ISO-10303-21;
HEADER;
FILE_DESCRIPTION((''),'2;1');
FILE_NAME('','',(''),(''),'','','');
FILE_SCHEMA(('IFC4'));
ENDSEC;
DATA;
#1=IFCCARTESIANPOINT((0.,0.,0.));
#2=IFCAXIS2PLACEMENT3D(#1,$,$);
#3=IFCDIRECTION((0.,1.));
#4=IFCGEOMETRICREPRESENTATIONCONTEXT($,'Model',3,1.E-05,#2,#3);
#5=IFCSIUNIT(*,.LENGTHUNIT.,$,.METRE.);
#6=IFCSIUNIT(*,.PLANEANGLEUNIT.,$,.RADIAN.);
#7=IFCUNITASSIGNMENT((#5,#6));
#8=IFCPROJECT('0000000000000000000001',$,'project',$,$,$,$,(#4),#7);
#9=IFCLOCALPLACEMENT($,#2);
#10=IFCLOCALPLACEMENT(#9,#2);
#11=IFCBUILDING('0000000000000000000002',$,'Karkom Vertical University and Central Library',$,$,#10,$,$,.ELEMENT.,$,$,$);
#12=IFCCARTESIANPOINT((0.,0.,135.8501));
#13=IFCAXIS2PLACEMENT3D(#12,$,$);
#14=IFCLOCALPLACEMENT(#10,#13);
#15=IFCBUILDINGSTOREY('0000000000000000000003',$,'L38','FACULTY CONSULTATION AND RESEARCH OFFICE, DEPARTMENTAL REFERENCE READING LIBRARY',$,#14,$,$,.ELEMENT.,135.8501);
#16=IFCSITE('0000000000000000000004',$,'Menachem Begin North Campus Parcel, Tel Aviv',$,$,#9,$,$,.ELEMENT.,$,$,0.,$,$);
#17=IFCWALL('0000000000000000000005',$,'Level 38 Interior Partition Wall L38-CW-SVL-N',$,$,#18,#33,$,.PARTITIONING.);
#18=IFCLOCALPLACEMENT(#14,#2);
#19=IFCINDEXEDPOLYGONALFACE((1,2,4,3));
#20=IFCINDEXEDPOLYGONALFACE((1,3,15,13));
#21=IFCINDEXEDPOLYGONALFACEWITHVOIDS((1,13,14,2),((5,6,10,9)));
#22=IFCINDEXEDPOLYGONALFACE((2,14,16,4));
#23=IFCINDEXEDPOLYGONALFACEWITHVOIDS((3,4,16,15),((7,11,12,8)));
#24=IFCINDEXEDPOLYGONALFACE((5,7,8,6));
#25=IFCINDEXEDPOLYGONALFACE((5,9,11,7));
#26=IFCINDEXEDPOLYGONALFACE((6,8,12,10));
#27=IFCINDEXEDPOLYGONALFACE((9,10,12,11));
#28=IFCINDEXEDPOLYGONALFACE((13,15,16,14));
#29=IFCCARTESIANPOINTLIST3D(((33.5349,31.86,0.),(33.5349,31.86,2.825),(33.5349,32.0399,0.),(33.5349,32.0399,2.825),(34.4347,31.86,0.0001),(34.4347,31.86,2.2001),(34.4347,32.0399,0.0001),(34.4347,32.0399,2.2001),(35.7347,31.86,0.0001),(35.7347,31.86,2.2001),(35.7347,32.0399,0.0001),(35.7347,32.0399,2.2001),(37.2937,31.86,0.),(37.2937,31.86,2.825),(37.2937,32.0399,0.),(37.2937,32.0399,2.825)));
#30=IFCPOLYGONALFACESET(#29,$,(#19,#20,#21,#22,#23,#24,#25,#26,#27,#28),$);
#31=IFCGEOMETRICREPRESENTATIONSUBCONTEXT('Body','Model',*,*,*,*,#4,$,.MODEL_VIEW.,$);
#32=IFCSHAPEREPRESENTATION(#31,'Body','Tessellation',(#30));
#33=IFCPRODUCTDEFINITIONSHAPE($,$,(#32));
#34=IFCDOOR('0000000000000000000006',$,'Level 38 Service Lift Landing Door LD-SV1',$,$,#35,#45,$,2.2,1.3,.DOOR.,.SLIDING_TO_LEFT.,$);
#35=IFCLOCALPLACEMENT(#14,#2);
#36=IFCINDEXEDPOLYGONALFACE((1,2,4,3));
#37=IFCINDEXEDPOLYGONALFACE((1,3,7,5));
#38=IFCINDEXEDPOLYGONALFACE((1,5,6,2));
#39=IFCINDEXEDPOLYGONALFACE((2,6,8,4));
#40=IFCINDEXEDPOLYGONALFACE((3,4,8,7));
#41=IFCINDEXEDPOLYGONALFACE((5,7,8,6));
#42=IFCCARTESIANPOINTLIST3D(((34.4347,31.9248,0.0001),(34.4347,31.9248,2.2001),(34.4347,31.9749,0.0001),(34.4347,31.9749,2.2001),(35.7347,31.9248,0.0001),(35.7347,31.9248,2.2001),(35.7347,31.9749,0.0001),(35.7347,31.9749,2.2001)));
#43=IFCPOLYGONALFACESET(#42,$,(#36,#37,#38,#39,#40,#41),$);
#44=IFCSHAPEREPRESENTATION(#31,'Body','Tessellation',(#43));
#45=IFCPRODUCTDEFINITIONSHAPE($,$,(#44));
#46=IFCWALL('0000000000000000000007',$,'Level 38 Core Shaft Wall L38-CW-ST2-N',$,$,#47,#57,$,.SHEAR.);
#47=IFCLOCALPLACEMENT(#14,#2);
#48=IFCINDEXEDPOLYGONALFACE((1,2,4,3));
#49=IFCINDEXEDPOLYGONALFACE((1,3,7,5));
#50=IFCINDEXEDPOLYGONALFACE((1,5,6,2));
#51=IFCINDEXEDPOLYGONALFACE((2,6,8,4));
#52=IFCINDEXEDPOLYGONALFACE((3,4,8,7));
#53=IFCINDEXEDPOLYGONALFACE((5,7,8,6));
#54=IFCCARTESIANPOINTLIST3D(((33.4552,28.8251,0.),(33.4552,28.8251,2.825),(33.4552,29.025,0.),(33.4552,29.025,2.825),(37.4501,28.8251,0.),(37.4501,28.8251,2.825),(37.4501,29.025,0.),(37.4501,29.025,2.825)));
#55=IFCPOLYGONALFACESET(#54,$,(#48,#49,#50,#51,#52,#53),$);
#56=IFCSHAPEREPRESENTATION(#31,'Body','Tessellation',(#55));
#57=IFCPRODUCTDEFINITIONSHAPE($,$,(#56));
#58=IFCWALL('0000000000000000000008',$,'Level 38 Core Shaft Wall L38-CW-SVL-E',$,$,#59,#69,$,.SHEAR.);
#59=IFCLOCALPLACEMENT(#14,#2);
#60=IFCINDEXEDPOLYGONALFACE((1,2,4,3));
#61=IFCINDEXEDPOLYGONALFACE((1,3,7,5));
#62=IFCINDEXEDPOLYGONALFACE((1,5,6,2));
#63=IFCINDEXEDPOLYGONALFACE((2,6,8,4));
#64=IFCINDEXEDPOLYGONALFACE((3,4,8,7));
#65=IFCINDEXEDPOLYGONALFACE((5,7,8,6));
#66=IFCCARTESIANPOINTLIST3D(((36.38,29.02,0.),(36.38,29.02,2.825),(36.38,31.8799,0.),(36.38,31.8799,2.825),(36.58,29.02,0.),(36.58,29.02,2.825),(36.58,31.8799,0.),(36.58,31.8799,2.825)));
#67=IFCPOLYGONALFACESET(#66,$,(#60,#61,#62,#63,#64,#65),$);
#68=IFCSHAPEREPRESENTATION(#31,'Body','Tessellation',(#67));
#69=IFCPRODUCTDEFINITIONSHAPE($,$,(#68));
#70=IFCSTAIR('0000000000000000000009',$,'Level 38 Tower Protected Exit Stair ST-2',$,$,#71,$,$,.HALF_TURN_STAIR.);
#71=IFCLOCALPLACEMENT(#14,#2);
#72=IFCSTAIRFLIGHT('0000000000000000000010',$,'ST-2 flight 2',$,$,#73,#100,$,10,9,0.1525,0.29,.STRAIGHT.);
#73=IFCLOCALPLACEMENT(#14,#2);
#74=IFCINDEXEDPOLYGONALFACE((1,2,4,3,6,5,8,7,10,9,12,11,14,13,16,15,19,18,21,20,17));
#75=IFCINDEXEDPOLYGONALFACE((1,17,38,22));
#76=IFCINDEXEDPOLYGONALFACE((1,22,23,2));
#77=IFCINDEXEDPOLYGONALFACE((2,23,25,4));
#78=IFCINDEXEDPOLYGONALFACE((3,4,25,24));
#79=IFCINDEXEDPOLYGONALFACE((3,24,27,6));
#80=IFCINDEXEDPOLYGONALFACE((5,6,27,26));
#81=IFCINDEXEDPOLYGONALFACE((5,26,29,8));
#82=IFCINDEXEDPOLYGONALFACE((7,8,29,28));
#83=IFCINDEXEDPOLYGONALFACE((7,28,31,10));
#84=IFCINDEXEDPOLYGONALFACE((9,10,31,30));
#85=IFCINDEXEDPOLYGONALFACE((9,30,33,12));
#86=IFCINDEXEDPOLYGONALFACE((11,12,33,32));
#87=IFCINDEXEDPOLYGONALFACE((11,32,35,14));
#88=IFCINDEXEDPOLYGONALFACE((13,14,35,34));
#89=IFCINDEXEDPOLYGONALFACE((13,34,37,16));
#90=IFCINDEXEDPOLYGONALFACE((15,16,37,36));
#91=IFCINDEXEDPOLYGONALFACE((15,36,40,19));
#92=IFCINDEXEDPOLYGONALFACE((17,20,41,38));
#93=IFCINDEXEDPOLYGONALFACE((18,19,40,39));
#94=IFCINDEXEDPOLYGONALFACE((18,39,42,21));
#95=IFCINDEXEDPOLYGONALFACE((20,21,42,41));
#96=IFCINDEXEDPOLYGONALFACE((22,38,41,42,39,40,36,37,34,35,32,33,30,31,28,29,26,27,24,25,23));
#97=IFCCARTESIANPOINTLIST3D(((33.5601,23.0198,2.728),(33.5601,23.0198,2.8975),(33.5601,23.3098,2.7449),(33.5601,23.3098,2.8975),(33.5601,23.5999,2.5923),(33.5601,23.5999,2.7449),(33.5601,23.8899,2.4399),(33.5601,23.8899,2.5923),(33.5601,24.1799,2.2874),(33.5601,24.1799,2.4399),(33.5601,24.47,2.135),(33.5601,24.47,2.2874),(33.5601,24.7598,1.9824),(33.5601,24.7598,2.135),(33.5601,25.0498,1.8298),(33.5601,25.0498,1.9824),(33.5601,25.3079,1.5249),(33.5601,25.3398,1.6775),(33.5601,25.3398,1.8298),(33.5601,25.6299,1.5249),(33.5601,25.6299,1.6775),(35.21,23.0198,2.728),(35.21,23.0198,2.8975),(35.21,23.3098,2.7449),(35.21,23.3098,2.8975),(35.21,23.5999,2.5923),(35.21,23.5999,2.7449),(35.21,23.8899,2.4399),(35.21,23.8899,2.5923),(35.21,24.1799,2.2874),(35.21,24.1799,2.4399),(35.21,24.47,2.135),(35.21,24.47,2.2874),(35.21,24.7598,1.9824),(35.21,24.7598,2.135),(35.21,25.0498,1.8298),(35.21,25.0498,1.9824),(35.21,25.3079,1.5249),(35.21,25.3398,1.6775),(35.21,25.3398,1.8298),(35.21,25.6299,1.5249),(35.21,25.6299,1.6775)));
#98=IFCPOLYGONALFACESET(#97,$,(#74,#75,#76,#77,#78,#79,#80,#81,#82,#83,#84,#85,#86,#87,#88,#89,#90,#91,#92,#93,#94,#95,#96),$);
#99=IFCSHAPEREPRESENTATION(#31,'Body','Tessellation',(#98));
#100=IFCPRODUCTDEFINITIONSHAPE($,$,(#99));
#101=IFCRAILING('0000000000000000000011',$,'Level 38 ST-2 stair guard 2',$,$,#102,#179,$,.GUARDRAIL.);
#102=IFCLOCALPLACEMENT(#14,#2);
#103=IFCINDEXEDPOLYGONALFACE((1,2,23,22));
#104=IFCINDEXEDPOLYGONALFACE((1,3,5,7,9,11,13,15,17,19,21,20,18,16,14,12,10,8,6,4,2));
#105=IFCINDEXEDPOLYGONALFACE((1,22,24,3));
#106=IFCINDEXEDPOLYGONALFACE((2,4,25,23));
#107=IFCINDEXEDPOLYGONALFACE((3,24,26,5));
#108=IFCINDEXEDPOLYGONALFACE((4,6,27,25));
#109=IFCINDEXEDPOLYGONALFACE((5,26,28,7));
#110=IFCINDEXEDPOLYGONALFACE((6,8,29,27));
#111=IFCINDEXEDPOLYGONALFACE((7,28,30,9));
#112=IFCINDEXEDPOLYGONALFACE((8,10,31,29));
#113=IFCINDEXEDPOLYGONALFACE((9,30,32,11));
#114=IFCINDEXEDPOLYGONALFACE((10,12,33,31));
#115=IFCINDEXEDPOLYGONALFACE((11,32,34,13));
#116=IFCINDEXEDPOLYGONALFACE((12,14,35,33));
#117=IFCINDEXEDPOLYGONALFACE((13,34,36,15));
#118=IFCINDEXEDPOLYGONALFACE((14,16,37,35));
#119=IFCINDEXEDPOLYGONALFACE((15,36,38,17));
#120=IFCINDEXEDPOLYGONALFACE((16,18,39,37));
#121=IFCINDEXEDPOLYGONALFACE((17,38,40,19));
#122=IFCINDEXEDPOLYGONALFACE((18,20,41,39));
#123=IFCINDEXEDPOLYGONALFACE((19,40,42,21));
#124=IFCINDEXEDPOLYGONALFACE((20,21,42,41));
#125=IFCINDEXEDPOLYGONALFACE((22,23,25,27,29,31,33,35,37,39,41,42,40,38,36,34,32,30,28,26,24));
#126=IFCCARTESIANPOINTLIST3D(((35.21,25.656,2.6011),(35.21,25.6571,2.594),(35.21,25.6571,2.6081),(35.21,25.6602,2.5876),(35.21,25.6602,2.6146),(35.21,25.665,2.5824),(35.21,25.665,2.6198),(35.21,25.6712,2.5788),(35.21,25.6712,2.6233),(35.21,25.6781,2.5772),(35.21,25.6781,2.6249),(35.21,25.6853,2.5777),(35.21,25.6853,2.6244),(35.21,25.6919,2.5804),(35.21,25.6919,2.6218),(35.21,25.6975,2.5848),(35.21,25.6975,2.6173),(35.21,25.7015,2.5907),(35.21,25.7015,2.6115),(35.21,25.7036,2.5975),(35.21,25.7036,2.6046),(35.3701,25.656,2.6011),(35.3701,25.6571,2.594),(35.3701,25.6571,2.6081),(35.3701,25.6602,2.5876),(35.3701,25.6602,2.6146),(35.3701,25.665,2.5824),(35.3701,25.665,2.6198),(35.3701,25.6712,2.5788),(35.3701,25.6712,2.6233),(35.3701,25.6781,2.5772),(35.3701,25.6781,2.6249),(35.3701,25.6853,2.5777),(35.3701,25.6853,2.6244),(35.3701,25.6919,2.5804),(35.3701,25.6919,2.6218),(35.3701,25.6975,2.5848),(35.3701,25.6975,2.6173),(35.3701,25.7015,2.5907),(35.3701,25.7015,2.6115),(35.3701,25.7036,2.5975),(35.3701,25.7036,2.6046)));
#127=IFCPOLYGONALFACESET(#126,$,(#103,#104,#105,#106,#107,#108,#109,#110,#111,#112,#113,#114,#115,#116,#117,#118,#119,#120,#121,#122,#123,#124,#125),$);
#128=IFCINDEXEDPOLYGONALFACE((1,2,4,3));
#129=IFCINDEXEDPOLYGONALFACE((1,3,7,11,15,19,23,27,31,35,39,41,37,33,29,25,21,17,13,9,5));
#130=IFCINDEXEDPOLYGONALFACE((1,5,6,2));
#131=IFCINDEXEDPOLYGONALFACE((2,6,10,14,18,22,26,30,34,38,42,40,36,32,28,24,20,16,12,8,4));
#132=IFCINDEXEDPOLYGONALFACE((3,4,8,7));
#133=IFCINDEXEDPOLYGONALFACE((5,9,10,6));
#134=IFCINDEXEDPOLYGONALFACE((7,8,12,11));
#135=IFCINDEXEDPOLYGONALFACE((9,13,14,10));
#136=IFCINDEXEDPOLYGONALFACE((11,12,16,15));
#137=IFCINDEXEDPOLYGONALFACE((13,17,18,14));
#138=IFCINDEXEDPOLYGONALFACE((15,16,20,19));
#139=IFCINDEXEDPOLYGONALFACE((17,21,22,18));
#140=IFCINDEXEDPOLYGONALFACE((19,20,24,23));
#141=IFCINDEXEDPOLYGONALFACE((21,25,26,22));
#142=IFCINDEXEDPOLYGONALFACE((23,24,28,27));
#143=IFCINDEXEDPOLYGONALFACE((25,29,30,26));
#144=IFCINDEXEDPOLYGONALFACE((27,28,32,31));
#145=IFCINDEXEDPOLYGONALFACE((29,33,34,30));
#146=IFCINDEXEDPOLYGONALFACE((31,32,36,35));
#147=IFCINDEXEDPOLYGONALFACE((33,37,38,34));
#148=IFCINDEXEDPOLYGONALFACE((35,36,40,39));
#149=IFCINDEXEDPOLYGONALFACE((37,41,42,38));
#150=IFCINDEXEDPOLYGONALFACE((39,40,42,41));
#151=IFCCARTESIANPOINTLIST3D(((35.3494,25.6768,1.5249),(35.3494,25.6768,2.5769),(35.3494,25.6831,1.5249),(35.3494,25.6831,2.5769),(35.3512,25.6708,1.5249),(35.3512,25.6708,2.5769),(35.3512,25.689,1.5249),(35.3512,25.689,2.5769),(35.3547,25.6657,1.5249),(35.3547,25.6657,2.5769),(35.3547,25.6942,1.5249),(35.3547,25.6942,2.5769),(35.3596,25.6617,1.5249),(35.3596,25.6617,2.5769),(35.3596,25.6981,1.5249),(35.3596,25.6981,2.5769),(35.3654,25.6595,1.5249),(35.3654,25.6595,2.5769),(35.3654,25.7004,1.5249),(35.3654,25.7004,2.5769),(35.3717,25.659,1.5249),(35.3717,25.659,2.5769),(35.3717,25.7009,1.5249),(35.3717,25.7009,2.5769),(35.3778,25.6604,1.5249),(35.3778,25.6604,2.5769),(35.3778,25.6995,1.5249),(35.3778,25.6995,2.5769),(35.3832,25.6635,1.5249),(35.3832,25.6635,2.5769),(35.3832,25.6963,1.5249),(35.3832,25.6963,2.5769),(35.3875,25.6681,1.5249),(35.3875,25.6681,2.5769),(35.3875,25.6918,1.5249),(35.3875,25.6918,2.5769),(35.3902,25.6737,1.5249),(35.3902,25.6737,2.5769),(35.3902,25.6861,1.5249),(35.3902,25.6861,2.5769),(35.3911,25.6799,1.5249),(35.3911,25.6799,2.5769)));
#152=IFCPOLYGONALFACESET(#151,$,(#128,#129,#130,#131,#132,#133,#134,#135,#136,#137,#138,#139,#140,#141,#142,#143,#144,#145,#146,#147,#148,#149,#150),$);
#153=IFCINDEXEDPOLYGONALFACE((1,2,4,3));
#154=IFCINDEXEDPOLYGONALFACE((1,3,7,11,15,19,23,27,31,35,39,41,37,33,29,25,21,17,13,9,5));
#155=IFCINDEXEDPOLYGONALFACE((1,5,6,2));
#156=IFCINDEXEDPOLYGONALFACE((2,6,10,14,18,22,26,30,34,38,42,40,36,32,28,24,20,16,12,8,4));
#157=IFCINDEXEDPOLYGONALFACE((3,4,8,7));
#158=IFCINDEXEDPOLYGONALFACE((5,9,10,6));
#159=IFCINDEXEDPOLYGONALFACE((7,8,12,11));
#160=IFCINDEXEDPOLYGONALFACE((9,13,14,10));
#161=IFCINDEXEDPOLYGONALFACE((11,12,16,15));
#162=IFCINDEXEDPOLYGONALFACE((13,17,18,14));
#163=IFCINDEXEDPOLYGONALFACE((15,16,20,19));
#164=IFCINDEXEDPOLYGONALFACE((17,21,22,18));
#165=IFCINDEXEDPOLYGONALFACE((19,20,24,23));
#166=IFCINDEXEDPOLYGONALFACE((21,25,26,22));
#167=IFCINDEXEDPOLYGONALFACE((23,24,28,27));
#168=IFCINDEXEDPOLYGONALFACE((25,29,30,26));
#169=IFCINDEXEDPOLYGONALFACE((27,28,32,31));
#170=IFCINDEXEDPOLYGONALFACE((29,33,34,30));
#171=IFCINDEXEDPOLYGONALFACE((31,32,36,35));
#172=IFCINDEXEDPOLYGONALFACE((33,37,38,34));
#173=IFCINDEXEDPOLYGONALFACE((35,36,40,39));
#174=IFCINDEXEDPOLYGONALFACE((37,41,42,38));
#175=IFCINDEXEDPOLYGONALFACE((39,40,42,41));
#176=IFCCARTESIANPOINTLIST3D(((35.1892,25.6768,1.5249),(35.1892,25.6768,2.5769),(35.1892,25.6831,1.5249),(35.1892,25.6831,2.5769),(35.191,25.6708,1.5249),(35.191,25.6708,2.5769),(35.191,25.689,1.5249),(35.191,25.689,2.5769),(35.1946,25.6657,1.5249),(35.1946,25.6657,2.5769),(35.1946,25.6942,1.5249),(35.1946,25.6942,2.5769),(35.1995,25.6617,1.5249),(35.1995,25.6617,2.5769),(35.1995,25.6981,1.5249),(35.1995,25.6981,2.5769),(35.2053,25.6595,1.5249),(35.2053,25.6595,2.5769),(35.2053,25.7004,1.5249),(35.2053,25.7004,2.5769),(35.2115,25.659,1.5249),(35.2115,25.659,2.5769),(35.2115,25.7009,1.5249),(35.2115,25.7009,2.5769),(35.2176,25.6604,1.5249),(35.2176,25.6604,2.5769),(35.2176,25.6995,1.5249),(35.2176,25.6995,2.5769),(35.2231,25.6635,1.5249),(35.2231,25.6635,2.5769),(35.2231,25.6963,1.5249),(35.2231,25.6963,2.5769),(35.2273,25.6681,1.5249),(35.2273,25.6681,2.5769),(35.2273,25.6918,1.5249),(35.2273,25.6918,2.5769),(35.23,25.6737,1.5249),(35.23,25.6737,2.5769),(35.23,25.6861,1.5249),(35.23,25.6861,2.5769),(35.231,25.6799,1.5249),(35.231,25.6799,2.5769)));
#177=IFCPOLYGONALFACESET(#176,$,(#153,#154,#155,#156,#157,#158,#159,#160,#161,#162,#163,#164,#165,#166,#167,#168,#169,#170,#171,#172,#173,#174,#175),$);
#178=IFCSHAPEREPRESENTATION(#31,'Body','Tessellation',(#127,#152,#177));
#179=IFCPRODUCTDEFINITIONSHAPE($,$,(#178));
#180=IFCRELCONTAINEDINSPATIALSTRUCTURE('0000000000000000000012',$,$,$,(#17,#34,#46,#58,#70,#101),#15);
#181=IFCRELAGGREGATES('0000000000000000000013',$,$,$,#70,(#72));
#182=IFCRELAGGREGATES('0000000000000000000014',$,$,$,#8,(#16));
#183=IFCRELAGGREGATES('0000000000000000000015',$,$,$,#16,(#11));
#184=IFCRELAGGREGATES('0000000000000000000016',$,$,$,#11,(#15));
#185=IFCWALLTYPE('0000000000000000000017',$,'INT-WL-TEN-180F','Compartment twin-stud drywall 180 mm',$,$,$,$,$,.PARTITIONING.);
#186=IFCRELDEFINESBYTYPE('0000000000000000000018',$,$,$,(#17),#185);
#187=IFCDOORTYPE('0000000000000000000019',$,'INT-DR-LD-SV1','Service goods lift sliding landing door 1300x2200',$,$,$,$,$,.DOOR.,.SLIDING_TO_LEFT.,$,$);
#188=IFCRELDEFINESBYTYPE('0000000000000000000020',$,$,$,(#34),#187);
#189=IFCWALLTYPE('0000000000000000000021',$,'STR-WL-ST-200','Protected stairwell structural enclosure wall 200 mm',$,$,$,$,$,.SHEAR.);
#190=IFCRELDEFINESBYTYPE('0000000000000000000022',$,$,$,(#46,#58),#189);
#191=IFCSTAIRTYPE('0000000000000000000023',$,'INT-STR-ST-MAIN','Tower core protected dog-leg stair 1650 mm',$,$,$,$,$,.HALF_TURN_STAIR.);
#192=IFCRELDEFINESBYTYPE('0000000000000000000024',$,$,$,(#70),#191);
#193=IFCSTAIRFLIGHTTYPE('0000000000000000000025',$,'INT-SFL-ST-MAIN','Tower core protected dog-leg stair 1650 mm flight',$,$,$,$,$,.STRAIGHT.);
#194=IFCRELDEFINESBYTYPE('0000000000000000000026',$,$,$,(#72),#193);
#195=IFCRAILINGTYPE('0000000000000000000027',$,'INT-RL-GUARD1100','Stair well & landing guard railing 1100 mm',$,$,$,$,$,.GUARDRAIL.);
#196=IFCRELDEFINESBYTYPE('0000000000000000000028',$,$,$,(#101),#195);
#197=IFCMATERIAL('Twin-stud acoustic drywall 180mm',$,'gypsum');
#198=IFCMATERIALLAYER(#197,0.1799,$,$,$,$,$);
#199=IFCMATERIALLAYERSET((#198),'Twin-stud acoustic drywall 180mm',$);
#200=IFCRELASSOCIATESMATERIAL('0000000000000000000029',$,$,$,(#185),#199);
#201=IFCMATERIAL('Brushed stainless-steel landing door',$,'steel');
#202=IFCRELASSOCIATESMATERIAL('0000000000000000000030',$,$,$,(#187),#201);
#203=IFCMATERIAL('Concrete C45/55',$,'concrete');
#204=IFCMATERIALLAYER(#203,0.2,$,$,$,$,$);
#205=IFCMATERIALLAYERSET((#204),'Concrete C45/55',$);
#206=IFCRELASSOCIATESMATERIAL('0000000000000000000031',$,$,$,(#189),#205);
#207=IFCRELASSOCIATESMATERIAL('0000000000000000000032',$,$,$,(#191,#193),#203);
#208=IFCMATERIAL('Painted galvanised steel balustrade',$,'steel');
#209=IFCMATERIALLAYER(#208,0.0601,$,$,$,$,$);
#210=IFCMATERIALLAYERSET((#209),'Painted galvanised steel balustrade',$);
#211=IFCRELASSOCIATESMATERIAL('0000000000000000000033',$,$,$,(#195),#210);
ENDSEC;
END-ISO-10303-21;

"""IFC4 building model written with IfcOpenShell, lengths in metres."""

from ifc_helpers import new_model, si_unit, direction, frame, frame_2d, origin, origin_with_axes, origin_2d, place, context, subcontext, project, spatial, polyline, rectangle, circle, outline, extrude, source, transform, mapped, material, layer, layer_set, type_object, element, fill, aggregate, save


model = new_model("IFC4")

# Units and contexts
model_context = context("Model", 3, precision=1e-05, world=origin(), true_north=direction((0.0, 1.0)))
body_context = subcontext(model_context, "Body", "Model", "MODEL_VIEW")
ifc_project = project(units=[si_unit("LENGTHUNIT", "METRE"), si_unit("PLANEANGLEUNIT", "RADIAN")], contexts=[model_context])

# Site, building, storey
site_placement = place(None, origin())
site = spatial("IfcSite", under=ifc_project, at=site_placement, Name="Menachem Begin North Campus Parcel, Tel Aviv", CompositionType="ELEMENT", RefElevation=0.0)
building_placement = place(site_placement, origin())
building = spatial("IfcBuilding", under=site, at=building_placement, Name="Karkom Vertical University and Central Library", CompositionType="ELEMENT")
storey_placement = place(building_placement, frame((0.0, 0.0, 135.8501)))
storey = spatial("IfcBuildingStorey", under=building, at=storey_placement, Name="L38", Description="FACULTY CONSULTATION AND RESEARCH OFFICE, DEPARTMENTAL REFERENCE READING LIBRARY", CompositionType="ELEMENT", Elevation=135.8501)

# Wall, opening, door
ifc_material_1 = material(Name="Twin-stud acoustic drywall 180mm", Category="gypsum")
ifc_layer_1 = layer(ifc_material_1, 0.1799)
ifc_layer_set_1 = layer_set([ifc_layer_1], Name="Twin-stud acoustic drywall 180mm")
wall_type_1 = type_object("IfcWallType", Name="INT-WL-TEN-180F", Description="Compartment twin-stud drywall 180 mm", PredefinedType="PARTITIONING", material=ifc_layer_set_1)
wall_1_placement = place(storey_placement, frame((33.5349, 31.95, 0.0), z_axis=(0.0, 0.0, 1.0), x_axis=(1.0, 0.0, 0.0)))
wall_1 = element("IfcWall", 1, at=wall_1_placement, inside=storey, type_object=wall_type_1, Name="Level 38 Interior Partition Wall L38-CW-SVL-N", PredefinedType="PARTITIONING", context=body_context, shape_type="SweptSolid", body=[
    extrude(rectangle(XDim=3.7588, YDim=0.1799, at=frame_2d((1.8794, 0.0))), origin(), (0.0, 0.0, 1.0), 2.825),
])
opening_1_placement = place(wall_1_placement, frame((0.8999, 0.0, 0.0)))
opening_1 = element("IfcOpeningElement", 2, at=opening_1_placement, cuts=wall_1, PredefinedType="OPENING", context=body_context, shape_type="SweptSolid", body=[
    extrude(rectangle(XDim=1.3, YDim=2.2, at=frame_2d((0.6499, 1.1001))), frame((0.0, 0.1001, 0.0), z_axis=(0.0, -1.0, 0.0), x_axis=(1.0, 0.0, 0.0)), (0.0, 0.0, 1.0), 0.2),
])
ifc_material_2 = material(Name="Brushed stainless-steel landing door", Category="steel")
door_type_1 = type_object("IfcDoorType", Name="INT-DR-LD-SV1", Description="Service goods lift sliding landing door 1300x2200", OperationType="SLIDING_TO_LEFT", PredefinedType="DOOR", material=ifc_material_2)
shared_shape_1 = source(origin_with_axes(), body_context, "Body", "SweptSolid", [
    extrude(rectangle(XDim=1.3, YDim=2.2, at=frame_2d((0.6499, 1.1001))), frame((0.0, 0.0249, 0.0), z_axis=(0.0, -1.0, 0.0), x_axis=(1.0, 0.0, 0.0)), (0.0, 0.0, 1.0), 0.05),
])
door_1_placement = place(opening_1_placement, origin())
door_1 = element("IfcDoor", 3, at=door_1_placement, inside=storey, type_object=door_type_1, Name="Level 38 Service Lift Landing Door LD-SV1", OperationType="SLIDING_TO_LEFT", OverallHeight=2.2, OverallWidth=1.3, PredefinedType="DOOR", context=body_context, shape_type="MappedRepresentation", body=[
    mapped(shared_shape_1, transform((0.0, 0.0, 0.0), scale=1.0)),
])
fill(opening_1, door_1)

# Walls
ifc_material_3 = material(Name="Concrete C45/55", Category="concrete")
ifc_layer_2 = layer(ifc_material_3, 0.2)
ifc_layer_set_2 = layer_set([ifc_layer_2], Name="Concrete C45/55")
wall_type_2 = type_object("IfcWallType", Name="STR-WL-ST-200", Description="Protected stairwell structural enclosure wall 200 mm", PredefinedType="SHEAR", material=ifc_layer_set_2)
wall_2_placement = place(storey_placement, frame((33.4551, 28.925, 0.0), z_axis=(0.0, 0.0, 1.0), x_axis=(1.0, 0.0, 0.0)))
element("IfcWall", 4, at=wall_2_placement, inside=storey, type_object=wall_type_2, Name="Level 38 Core Shaft Wall L38-CW-ST2-N", PredefinedType="SHEAR", context=body_context, shape_type="SweptSolid", body=[
    extrude(rectangle(XDim=3.9949, YDim=0.2, at=frame_2d((1.9976, 0.0))), origin(), (0.0, 0.0, 1.0), 2.825),
])
wall_3_placement = place(storey_placement, frame((36.48, 29.02, 0.0), z_axis=(0.0, 0.0, 1.0), x_axis=(0.0, 1.0, 0.0)))
element("IfcWall", 5, at=wall_3_placement, inside=storey, type_object=wall_type_2, Name="Level 38 Core Shaft Wall L38-CW-SVL-E", PredefinedType="SHEAR", context=body_context, shape_type="SweptSolid", body=[
    extrude(rectangle(XDim=2.8599, YDim=0.2, at=frame_2d((1.4299, 0.0))), origin(), (0.0, 0.0, 1.0), 2.825),
])

# Stair, stair flight
stair_type = type_object("IfcStairType", Name="INT-STR-ST-MAIN", Description="Tower core protected dog-leg stair 1650 mm", PredefinedType="HALF_TURN_STAIR", material=ifc_material_3)
stair_placement = place(storey_placement, origin())
stair = element("IfcStair", 6, at=stair_placement, inside=storey, type_object=stair_type, Name="Level 38 Tower Protected Exit Stair ST-2", PredefinedType="HALF_TURN_STAIR")
stair_flight_type = type_object("IfcStairFlightType", Name="INT-SFL-ST-MAIN", Description="Tower core protected dog-leg stair 1650 mm flight", PredefinedType="STRAIGHT", material=ifc_material_3)
stair_flight_placement = place(storey_placement, frame((34.385, 25.6299, 1.5249), z_axis=(0.0, 0.0, 1.0), x_axis=(0.0, -1.0, 0.0)))
stair_flight = element("IfcStairFlight", 7, at=stair_flight_placement, type_object=stair_flight_type, Name="ST-2 flight 2", NumberOfRisers=10, NumberOfTreads=9, PredefinedType="STRAIGHT", RiserHeight=0.1525, TreadLength=0.29, context=body_context, shape_type="SweptSolid", body=[
    extrude(outline(polyline([(0.0, 0.0), (0.0, 0.1526), (0.29, 0.1526), (0.29, 0.3049), (0.5801, 0.3049), (0.5801, 0.4575), (0.8701, 0.4575), (0.8701, 0.6101), (1.1599, 0.6101), (1.1599, 0.7625), (1.45, 0.7625), (1.45, 0.915), (1.74, 0.915), (1.74, 1.0674), (2.03, 1.0674), (2.03, 1.22), (2.3201, 1.22), (2.3201, 1.3726), (2.6101, 1.3726), (2.6101, 1.5249), (2.6101, 1.2031), (0.322, 0.0), (0.0, 0.0)])), frame((0.0, 0.825, 0.0), z_axis=(0.0, -1.0, 0.0), x_axis=(1.0, 0.0, 0.0)), (0.0, 0.0, 1.0), 1.6499),
])
aggregate(stair, [stair_flight])

# Railing
ifc_material_4 = material(Name="Painted galvanised steel balustrade", Category="steel")
ifc_layer_3 = layer(ifc_material_4, 0.0601)
ifc_layer_set_3 = layer_set([ifc_layer_3], Name="Painted galvanised steel balustrade")
railing_type_1 = type_object("IfcRailingType", Name="INT-RL-GUARD1100", Description="Stair well & landing guard railing 1100 mm", PredefinedType="GUARDRAIL", material=ifc_layer_set_3)
railing_1_placement = place(storey_placement, frame((35.3701, 25.6799, 1.5249)))
element("IfcRailing", 8, at=railing_1_placement, inside=storey, type_object=railing_type_1, Name="Level 38 ST-2 stair guard 2", PredefinedType="GUARDRAIL", context=body_context, shape_type="SweptSolid", body=[
    extrude(circle(Radius=0.0239, at=origin_2d()), frame((0.0, 0.0, 1.0762), z_axis=(-1.0, 0.0, 0.0), x_axis=(0.0, -1.0, 0.0)), (0.0, 0.0, 1.0), 0.1602),
    extrude(circle(Radius=0.021, at=origin_2d()), origin(), (0.0, 0.0, 1.0), 1.052),
    extrude(circle(Radius=0.021, at=origin_2d()), frame((-0.1602, 0.0, 0.0)), (0.0, 0.0, 1.0), 1.052),
])

save(model, "model.ifc")
